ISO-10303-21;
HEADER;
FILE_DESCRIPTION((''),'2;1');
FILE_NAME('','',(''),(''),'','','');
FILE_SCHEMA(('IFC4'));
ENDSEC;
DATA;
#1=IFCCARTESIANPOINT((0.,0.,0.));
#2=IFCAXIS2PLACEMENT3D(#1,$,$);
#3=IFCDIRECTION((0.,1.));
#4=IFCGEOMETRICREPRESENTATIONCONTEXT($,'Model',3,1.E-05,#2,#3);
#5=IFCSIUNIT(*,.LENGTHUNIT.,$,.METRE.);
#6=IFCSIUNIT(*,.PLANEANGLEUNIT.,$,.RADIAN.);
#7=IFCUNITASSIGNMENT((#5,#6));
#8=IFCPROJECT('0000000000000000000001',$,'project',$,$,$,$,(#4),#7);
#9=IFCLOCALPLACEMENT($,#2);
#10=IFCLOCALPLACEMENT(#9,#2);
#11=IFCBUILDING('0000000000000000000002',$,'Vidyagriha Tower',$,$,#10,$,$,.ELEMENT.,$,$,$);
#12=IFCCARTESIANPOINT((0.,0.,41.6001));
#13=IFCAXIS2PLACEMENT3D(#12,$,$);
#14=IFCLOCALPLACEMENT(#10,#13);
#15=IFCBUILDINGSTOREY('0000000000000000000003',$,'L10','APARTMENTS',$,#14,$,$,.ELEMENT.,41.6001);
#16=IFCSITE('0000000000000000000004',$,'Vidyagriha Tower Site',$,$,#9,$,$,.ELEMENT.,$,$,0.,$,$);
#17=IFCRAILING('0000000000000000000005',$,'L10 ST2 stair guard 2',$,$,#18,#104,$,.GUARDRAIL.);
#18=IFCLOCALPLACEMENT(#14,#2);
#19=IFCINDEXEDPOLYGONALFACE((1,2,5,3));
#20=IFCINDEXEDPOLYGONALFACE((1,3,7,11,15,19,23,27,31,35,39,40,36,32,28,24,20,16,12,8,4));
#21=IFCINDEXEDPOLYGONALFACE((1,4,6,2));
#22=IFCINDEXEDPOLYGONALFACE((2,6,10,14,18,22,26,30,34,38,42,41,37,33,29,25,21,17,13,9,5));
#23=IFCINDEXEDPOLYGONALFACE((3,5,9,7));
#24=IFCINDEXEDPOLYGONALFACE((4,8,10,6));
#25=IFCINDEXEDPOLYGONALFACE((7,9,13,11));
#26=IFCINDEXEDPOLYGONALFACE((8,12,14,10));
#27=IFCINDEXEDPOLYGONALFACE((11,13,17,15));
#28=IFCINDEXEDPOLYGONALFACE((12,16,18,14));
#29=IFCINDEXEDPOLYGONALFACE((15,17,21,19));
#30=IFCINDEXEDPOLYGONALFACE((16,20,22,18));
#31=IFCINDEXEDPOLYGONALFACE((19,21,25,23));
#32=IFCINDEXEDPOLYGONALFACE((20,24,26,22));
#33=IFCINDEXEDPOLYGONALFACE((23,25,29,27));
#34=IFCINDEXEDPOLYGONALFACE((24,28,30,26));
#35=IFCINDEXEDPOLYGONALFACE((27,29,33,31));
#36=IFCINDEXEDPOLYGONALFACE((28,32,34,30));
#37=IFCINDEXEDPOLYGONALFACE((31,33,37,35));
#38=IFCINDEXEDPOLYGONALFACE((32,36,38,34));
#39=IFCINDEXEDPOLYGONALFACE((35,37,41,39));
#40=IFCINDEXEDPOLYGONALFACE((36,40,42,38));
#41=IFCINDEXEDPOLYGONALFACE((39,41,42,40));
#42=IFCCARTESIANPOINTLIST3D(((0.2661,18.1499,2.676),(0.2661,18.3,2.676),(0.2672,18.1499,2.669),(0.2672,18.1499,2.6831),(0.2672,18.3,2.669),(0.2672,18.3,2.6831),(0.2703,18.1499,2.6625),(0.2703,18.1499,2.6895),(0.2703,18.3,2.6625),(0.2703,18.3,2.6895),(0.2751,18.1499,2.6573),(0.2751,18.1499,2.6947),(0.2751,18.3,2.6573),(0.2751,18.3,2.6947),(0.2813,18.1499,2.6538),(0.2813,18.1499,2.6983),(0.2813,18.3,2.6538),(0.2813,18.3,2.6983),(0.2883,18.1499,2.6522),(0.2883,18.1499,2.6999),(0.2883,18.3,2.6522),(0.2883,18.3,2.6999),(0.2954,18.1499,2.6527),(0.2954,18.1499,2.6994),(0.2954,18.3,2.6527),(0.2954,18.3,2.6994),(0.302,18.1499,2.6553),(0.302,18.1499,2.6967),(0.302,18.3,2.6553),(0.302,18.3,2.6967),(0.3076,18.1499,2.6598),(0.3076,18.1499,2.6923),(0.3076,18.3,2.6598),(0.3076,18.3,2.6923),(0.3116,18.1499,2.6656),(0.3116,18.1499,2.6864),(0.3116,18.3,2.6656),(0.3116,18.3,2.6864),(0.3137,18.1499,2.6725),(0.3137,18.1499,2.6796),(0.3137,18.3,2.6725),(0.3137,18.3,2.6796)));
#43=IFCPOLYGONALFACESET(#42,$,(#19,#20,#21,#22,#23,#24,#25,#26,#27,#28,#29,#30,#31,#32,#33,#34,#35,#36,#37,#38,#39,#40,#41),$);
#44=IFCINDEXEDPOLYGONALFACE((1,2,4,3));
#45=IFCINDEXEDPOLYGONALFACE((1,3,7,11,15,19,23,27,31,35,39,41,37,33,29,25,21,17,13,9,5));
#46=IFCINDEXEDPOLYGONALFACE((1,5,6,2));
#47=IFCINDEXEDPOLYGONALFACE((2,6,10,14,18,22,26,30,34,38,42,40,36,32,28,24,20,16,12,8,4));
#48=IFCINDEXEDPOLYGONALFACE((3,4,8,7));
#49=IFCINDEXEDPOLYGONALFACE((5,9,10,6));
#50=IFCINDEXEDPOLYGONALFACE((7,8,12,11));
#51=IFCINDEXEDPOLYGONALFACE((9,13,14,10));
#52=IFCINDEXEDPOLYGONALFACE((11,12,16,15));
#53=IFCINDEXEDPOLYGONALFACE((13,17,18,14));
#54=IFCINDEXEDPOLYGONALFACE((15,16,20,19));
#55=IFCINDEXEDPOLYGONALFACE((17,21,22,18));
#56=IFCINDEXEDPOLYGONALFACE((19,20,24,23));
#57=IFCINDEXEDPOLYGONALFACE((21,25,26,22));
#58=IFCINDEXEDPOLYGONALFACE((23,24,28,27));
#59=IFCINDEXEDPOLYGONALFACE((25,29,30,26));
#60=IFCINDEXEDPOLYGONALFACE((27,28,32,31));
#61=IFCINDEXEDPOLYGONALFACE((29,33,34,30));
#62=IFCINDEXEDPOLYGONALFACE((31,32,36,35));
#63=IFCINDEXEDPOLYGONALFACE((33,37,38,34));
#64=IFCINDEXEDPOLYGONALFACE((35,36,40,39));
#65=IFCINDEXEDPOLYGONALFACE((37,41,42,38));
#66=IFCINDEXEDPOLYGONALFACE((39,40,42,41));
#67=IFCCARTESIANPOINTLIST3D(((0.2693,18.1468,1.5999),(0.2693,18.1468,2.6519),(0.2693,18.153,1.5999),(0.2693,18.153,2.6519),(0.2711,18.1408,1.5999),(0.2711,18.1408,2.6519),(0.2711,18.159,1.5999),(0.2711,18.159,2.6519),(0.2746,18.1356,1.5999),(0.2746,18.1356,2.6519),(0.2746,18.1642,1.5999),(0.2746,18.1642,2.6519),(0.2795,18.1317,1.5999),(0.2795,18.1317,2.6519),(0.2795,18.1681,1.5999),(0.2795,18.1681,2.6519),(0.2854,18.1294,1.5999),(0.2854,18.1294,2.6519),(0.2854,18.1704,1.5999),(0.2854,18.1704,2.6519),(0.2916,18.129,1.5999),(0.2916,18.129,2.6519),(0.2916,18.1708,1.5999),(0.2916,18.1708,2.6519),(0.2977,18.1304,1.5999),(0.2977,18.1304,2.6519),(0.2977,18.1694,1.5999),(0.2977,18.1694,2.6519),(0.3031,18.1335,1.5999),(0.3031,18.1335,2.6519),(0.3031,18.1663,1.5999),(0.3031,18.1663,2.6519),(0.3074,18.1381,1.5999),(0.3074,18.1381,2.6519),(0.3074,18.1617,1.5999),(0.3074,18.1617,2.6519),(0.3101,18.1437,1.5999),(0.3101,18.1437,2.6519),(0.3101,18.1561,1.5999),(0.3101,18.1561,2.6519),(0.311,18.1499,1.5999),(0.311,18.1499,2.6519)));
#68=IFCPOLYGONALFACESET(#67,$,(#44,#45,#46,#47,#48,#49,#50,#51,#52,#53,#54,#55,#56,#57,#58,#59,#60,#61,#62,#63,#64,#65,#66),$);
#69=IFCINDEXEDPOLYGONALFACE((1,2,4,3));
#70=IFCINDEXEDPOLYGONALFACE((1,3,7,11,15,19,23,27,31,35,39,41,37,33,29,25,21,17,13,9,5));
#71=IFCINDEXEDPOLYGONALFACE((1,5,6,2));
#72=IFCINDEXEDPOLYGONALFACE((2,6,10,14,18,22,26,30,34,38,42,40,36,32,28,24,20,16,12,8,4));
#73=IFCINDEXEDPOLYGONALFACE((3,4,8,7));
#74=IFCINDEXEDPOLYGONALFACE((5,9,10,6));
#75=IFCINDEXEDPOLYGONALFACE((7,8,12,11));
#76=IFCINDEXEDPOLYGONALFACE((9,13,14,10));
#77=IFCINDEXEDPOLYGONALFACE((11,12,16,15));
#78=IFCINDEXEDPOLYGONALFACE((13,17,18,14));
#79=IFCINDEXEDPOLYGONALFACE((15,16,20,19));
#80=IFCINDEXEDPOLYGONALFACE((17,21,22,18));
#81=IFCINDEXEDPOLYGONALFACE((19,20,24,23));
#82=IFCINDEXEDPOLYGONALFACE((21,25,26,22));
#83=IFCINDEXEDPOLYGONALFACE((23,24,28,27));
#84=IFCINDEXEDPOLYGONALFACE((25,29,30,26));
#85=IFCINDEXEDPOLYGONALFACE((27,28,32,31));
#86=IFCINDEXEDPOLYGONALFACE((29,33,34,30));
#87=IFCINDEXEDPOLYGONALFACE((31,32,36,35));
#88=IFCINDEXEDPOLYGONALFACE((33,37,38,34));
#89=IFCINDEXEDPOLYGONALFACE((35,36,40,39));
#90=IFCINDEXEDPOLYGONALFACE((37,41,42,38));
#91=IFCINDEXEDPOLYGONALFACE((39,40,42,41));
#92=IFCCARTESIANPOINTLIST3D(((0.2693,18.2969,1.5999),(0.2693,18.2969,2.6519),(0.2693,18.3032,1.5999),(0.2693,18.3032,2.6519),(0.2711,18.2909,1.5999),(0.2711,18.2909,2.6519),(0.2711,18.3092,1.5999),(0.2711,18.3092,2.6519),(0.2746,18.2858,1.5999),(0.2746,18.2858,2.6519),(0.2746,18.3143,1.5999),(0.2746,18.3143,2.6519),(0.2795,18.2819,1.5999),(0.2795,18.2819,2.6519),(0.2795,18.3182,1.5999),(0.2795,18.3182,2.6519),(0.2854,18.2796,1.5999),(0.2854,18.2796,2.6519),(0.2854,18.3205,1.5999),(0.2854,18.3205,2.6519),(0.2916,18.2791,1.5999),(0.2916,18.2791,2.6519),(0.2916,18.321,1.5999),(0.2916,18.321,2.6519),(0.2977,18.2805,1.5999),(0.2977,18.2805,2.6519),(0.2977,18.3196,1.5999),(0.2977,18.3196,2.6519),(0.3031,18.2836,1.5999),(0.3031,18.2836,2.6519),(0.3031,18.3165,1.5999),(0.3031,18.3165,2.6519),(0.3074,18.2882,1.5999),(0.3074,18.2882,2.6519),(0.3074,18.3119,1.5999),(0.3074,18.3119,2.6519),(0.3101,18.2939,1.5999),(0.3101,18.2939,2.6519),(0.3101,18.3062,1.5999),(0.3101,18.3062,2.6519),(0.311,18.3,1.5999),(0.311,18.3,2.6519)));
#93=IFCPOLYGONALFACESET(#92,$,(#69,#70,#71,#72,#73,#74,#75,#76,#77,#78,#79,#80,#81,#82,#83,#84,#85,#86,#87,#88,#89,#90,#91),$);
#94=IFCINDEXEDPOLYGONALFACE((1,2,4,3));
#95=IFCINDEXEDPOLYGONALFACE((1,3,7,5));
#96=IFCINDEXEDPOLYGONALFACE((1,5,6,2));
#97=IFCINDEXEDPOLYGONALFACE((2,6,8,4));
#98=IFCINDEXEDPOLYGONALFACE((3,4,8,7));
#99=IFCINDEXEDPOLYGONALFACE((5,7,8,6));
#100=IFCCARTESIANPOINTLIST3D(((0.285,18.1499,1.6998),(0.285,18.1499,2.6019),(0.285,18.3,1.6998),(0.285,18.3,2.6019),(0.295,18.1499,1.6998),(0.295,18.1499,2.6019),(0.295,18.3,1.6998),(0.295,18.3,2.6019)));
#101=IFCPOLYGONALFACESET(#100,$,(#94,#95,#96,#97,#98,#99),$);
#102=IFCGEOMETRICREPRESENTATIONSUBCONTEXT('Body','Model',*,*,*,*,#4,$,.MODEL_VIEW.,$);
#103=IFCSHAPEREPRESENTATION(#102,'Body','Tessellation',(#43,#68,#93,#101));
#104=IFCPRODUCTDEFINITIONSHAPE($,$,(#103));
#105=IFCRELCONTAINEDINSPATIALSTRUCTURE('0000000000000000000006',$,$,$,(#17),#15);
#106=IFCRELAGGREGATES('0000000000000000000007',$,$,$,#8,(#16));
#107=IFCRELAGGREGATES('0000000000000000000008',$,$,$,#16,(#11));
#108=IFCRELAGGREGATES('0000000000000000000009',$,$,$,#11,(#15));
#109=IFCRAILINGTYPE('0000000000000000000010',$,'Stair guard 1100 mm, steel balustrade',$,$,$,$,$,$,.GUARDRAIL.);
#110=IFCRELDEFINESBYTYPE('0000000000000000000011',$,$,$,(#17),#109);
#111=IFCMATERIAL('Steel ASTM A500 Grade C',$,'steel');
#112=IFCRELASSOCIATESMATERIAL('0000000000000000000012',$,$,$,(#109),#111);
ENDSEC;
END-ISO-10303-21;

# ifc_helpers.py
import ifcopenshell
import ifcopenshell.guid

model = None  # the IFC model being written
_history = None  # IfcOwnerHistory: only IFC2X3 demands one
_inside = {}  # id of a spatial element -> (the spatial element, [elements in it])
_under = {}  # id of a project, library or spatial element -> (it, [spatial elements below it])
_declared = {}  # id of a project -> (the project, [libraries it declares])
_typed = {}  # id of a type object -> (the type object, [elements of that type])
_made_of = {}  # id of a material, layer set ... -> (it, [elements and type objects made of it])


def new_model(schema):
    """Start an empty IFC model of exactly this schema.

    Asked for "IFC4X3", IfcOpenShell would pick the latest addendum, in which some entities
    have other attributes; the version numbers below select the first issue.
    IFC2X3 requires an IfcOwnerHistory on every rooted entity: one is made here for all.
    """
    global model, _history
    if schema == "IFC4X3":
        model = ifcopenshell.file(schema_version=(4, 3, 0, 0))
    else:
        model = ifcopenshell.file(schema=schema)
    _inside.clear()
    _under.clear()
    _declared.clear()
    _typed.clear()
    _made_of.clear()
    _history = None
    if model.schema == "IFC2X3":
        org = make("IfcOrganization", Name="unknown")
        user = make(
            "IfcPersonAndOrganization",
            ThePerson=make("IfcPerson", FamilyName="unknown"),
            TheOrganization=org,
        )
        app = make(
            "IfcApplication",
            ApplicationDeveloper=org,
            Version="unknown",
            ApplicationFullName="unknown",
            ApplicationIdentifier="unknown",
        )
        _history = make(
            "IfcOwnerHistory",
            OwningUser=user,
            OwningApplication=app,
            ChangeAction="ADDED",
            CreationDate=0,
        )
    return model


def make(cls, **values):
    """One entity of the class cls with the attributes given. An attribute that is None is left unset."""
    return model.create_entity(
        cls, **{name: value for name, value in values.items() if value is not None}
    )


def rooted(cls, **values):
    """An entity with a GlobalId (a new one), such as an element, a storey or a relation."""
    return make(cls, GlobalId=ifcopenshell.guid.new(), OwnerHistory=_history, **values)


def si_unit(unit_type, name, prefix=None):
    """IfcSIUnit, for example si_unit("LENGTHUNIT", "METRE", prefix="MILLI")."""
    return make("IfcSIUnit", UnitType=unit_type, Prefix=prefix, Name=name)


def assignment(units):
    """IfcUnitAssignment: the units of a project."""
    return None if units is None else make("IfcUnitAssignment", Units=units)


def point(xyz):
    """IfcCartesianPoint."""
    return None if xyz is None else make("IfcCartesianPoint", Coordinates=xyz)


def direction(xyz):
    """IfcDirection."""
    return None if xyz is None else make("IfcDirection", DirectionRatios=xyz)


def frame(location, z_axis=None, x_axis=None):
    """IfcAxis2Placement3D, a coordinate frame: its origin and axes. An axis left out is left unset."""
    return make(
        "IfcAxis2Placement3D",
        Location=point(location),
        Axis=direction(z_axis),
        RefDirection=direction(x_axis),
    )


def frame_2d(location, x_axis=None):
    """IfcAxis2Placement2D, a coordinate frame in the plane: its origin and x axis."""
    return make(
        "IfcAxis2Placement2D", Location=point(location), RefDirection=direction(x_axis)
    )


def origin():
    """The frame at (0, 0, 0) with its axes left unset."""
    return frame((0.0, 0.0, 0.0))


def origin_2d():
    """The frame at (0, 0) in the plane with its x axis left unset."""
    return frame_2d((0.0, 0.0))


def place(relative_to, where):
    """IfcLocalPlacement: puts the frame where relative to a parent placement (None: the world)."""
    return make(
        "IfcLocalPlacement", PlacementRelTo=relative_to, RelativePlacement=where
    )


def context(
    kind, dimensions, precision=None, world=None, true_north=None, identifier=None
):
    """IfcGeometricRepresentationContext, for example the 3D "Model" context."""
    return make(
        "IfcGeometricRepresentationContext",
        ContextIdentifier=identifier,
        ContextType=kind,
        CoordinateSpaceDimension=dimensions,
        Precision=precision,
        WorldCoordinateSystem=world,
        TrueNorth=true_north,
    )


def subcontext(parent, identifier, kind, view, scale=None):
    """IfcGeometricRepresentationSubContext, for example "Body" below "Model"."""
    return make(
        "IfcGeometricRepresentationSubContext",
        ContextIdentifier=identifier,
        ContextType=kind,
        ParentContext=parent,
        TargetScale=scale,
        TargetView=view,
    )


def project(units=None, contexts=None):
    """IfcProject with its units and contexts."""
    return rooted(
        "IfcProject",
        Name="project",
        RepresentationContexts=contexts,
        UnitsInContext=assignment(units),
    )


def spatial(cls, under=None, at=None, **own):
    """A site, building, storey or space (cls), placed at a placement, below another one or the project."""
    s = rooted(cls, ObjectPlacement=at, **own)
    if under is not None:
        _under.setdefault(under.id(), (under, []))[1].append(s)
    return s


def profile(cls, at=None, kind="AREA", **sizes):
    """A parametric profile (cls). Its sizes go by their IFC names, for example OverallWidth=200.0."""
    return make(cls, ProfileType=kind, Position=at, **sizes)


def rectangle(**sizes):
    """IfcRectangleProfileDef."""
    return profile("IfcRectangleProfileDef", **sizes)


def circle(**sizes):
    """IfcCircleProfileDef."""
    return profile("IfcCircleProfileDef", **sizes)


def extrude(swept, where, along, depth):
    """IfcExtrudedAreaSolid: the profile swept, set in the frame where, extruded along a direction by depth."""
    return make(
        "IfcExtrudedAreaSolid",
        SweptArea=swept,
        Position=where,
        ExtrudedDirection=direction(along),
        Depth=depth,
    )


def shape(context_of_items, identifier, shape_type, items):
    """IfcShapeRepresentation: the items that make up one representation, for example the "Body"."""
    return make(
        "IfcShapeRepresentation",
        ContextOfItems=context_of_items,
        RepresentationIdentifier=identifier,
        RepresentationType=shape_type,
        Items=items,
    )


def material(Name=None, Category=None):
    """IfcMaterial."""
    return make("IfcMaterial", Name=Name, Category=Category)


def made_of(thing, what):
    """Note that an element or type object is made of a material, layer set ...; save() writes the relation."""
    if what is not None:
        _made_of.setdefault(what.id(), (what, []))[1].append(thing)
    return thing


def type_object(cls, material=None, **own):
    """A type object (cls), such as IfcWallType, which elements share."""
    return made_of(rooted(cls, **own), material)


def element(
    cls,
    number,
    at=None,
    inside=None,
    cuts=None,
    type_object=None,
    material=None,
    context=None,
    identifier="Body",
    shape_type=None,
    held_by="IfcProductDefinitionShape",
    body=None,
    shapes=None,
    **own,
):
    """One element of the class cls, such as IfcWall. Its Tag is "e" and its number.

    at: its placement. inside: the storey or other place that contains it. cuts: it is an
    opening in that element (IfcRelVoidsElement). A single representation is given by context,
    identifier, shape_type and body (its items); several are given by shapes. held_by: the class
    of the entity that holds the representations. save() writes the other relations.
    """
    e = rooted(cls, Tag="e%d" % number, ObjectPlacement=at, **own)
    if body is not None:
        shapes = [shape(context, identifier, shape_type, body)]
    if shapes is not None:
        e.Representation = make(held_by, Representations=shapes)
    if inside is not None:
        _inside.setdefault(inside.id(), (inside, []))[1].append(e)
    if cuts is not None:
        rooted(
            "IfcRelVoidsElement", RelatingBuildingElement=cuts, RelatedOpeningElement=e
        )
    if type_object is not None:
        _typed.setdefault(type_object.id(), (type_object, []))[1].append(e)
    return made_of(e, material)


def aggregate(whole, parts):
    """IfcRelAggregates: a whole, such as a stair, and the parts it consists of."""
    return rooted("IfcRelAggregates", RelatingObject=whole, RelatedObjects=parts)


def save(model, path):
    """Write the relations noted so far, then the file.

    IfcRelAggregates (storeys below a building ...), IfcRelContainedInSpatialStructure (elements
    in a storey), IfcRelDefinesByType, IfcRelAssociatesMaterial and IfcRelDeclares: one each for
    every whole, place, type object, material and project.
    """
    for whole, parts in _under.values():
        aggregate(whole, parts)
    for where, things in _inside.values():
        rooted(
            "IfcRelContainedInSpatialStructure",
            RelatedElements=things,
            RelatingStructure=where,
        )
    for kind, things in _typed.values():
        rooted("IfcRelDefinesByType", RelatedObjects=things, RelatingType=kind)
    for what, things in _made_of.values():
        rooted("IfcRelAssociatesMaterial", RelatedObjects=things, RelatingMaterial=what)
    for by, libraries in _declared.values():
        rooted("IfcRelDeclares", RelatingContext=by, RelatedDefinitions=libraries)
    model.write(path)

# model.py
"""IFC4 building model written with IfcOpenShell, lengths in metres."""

from ifc_helpers import new_model, si_unit, direction, frame, origin, origin_2d, place, context, subcontext, project, spatial, rectangle, circle, extrude, material, type_object, element, save


model = new_model("IFC4")

# Units and contexts
model_context = context("Model", 3, precision=1e-05, world=origin(), true_north=direction((0.0, 1.0)))
body_context = subcontext(model_context, "Body", "Model", "MODEL_VIEW")
ifc_project = project(units=[si_unit("LENGTHUNIT", "METRE"), si_unit("PLANEANGLEUNIT", "RADIAN")], contexts=[model_context])

# Site, building, storey
site_placement = place(None, origin())
site = spatial("IfcSite", under=ifc_project, at=site_placement, Name="Vidyagriha Tower Site", CompositionType="ELEMENT", RefElevation=0.0)
building_placement = place(site_placement, origin())
building = spatial("IfcBuilding", under=site, at=building_placement, Name="Vidyagriha Tower", CompositionType="ELEMENT")
storey_placement = place(building_placement, frame((0.0, 0.0, 41.6001)))
storey = spatial("IfcBuildingStorey", under=building, at=storey_placement, Name="L10", Description="APARTMENTS", CompositionType="ELEMENT", Elevation=41.6001)

# Railing
ifc_material_1 = material(Name="Steel ASTM A500 Grade C", Category="steel")
railing_type_1 = type_object("IfcRailingType", Name="Stair guard 1100 mm, steel balustrade", PredefinedType="GUARDRAIL", material=ifc_material_1)
railing_1_placement = place(storey_placement, frame((0.29, 18.1499, 1.5999)))
element("IfcRailing", 1, at=railing_1_placement, inside=storey, type_object=railing_type_1, Name="L10 ST2 stair guard 2", PredefinedType="GUARDRAIL", context=body_context, shape_type="SweptSolid", body=[
    extrude(circle(Radius=0.0239, at=origin_2d()), frame((0.0, 0.0, 1.0762), z_axis=(0.0, 1.0, 0.0), x_axis=(-1.0, 0.0, 0.0)), (0.0, 0.0, 1.0), 0.1501),
    extrude(circle(Radius=0.021, at=origin_2d()), origin(), (0.0, 0.0, 1.0), 1.052),
    extrude(circle(Radius=0.021, at=origin_2d()), frame((0.0, 0.1501, 0.0)), (0.0, 0.0, 1.0), 1.052),
    extrude(rectangle(XDim=0.01, YDim=0.9021, at=origin_2d()), frame((0.0, 0.0, 0.551), z_axis=(0.0, 1.0, 0.0), x_axis=(-1.0, 0.0, 0.0)), (0.0, 0.0, 1.0), 0.1501),
])

save(model, "model.ifc")
